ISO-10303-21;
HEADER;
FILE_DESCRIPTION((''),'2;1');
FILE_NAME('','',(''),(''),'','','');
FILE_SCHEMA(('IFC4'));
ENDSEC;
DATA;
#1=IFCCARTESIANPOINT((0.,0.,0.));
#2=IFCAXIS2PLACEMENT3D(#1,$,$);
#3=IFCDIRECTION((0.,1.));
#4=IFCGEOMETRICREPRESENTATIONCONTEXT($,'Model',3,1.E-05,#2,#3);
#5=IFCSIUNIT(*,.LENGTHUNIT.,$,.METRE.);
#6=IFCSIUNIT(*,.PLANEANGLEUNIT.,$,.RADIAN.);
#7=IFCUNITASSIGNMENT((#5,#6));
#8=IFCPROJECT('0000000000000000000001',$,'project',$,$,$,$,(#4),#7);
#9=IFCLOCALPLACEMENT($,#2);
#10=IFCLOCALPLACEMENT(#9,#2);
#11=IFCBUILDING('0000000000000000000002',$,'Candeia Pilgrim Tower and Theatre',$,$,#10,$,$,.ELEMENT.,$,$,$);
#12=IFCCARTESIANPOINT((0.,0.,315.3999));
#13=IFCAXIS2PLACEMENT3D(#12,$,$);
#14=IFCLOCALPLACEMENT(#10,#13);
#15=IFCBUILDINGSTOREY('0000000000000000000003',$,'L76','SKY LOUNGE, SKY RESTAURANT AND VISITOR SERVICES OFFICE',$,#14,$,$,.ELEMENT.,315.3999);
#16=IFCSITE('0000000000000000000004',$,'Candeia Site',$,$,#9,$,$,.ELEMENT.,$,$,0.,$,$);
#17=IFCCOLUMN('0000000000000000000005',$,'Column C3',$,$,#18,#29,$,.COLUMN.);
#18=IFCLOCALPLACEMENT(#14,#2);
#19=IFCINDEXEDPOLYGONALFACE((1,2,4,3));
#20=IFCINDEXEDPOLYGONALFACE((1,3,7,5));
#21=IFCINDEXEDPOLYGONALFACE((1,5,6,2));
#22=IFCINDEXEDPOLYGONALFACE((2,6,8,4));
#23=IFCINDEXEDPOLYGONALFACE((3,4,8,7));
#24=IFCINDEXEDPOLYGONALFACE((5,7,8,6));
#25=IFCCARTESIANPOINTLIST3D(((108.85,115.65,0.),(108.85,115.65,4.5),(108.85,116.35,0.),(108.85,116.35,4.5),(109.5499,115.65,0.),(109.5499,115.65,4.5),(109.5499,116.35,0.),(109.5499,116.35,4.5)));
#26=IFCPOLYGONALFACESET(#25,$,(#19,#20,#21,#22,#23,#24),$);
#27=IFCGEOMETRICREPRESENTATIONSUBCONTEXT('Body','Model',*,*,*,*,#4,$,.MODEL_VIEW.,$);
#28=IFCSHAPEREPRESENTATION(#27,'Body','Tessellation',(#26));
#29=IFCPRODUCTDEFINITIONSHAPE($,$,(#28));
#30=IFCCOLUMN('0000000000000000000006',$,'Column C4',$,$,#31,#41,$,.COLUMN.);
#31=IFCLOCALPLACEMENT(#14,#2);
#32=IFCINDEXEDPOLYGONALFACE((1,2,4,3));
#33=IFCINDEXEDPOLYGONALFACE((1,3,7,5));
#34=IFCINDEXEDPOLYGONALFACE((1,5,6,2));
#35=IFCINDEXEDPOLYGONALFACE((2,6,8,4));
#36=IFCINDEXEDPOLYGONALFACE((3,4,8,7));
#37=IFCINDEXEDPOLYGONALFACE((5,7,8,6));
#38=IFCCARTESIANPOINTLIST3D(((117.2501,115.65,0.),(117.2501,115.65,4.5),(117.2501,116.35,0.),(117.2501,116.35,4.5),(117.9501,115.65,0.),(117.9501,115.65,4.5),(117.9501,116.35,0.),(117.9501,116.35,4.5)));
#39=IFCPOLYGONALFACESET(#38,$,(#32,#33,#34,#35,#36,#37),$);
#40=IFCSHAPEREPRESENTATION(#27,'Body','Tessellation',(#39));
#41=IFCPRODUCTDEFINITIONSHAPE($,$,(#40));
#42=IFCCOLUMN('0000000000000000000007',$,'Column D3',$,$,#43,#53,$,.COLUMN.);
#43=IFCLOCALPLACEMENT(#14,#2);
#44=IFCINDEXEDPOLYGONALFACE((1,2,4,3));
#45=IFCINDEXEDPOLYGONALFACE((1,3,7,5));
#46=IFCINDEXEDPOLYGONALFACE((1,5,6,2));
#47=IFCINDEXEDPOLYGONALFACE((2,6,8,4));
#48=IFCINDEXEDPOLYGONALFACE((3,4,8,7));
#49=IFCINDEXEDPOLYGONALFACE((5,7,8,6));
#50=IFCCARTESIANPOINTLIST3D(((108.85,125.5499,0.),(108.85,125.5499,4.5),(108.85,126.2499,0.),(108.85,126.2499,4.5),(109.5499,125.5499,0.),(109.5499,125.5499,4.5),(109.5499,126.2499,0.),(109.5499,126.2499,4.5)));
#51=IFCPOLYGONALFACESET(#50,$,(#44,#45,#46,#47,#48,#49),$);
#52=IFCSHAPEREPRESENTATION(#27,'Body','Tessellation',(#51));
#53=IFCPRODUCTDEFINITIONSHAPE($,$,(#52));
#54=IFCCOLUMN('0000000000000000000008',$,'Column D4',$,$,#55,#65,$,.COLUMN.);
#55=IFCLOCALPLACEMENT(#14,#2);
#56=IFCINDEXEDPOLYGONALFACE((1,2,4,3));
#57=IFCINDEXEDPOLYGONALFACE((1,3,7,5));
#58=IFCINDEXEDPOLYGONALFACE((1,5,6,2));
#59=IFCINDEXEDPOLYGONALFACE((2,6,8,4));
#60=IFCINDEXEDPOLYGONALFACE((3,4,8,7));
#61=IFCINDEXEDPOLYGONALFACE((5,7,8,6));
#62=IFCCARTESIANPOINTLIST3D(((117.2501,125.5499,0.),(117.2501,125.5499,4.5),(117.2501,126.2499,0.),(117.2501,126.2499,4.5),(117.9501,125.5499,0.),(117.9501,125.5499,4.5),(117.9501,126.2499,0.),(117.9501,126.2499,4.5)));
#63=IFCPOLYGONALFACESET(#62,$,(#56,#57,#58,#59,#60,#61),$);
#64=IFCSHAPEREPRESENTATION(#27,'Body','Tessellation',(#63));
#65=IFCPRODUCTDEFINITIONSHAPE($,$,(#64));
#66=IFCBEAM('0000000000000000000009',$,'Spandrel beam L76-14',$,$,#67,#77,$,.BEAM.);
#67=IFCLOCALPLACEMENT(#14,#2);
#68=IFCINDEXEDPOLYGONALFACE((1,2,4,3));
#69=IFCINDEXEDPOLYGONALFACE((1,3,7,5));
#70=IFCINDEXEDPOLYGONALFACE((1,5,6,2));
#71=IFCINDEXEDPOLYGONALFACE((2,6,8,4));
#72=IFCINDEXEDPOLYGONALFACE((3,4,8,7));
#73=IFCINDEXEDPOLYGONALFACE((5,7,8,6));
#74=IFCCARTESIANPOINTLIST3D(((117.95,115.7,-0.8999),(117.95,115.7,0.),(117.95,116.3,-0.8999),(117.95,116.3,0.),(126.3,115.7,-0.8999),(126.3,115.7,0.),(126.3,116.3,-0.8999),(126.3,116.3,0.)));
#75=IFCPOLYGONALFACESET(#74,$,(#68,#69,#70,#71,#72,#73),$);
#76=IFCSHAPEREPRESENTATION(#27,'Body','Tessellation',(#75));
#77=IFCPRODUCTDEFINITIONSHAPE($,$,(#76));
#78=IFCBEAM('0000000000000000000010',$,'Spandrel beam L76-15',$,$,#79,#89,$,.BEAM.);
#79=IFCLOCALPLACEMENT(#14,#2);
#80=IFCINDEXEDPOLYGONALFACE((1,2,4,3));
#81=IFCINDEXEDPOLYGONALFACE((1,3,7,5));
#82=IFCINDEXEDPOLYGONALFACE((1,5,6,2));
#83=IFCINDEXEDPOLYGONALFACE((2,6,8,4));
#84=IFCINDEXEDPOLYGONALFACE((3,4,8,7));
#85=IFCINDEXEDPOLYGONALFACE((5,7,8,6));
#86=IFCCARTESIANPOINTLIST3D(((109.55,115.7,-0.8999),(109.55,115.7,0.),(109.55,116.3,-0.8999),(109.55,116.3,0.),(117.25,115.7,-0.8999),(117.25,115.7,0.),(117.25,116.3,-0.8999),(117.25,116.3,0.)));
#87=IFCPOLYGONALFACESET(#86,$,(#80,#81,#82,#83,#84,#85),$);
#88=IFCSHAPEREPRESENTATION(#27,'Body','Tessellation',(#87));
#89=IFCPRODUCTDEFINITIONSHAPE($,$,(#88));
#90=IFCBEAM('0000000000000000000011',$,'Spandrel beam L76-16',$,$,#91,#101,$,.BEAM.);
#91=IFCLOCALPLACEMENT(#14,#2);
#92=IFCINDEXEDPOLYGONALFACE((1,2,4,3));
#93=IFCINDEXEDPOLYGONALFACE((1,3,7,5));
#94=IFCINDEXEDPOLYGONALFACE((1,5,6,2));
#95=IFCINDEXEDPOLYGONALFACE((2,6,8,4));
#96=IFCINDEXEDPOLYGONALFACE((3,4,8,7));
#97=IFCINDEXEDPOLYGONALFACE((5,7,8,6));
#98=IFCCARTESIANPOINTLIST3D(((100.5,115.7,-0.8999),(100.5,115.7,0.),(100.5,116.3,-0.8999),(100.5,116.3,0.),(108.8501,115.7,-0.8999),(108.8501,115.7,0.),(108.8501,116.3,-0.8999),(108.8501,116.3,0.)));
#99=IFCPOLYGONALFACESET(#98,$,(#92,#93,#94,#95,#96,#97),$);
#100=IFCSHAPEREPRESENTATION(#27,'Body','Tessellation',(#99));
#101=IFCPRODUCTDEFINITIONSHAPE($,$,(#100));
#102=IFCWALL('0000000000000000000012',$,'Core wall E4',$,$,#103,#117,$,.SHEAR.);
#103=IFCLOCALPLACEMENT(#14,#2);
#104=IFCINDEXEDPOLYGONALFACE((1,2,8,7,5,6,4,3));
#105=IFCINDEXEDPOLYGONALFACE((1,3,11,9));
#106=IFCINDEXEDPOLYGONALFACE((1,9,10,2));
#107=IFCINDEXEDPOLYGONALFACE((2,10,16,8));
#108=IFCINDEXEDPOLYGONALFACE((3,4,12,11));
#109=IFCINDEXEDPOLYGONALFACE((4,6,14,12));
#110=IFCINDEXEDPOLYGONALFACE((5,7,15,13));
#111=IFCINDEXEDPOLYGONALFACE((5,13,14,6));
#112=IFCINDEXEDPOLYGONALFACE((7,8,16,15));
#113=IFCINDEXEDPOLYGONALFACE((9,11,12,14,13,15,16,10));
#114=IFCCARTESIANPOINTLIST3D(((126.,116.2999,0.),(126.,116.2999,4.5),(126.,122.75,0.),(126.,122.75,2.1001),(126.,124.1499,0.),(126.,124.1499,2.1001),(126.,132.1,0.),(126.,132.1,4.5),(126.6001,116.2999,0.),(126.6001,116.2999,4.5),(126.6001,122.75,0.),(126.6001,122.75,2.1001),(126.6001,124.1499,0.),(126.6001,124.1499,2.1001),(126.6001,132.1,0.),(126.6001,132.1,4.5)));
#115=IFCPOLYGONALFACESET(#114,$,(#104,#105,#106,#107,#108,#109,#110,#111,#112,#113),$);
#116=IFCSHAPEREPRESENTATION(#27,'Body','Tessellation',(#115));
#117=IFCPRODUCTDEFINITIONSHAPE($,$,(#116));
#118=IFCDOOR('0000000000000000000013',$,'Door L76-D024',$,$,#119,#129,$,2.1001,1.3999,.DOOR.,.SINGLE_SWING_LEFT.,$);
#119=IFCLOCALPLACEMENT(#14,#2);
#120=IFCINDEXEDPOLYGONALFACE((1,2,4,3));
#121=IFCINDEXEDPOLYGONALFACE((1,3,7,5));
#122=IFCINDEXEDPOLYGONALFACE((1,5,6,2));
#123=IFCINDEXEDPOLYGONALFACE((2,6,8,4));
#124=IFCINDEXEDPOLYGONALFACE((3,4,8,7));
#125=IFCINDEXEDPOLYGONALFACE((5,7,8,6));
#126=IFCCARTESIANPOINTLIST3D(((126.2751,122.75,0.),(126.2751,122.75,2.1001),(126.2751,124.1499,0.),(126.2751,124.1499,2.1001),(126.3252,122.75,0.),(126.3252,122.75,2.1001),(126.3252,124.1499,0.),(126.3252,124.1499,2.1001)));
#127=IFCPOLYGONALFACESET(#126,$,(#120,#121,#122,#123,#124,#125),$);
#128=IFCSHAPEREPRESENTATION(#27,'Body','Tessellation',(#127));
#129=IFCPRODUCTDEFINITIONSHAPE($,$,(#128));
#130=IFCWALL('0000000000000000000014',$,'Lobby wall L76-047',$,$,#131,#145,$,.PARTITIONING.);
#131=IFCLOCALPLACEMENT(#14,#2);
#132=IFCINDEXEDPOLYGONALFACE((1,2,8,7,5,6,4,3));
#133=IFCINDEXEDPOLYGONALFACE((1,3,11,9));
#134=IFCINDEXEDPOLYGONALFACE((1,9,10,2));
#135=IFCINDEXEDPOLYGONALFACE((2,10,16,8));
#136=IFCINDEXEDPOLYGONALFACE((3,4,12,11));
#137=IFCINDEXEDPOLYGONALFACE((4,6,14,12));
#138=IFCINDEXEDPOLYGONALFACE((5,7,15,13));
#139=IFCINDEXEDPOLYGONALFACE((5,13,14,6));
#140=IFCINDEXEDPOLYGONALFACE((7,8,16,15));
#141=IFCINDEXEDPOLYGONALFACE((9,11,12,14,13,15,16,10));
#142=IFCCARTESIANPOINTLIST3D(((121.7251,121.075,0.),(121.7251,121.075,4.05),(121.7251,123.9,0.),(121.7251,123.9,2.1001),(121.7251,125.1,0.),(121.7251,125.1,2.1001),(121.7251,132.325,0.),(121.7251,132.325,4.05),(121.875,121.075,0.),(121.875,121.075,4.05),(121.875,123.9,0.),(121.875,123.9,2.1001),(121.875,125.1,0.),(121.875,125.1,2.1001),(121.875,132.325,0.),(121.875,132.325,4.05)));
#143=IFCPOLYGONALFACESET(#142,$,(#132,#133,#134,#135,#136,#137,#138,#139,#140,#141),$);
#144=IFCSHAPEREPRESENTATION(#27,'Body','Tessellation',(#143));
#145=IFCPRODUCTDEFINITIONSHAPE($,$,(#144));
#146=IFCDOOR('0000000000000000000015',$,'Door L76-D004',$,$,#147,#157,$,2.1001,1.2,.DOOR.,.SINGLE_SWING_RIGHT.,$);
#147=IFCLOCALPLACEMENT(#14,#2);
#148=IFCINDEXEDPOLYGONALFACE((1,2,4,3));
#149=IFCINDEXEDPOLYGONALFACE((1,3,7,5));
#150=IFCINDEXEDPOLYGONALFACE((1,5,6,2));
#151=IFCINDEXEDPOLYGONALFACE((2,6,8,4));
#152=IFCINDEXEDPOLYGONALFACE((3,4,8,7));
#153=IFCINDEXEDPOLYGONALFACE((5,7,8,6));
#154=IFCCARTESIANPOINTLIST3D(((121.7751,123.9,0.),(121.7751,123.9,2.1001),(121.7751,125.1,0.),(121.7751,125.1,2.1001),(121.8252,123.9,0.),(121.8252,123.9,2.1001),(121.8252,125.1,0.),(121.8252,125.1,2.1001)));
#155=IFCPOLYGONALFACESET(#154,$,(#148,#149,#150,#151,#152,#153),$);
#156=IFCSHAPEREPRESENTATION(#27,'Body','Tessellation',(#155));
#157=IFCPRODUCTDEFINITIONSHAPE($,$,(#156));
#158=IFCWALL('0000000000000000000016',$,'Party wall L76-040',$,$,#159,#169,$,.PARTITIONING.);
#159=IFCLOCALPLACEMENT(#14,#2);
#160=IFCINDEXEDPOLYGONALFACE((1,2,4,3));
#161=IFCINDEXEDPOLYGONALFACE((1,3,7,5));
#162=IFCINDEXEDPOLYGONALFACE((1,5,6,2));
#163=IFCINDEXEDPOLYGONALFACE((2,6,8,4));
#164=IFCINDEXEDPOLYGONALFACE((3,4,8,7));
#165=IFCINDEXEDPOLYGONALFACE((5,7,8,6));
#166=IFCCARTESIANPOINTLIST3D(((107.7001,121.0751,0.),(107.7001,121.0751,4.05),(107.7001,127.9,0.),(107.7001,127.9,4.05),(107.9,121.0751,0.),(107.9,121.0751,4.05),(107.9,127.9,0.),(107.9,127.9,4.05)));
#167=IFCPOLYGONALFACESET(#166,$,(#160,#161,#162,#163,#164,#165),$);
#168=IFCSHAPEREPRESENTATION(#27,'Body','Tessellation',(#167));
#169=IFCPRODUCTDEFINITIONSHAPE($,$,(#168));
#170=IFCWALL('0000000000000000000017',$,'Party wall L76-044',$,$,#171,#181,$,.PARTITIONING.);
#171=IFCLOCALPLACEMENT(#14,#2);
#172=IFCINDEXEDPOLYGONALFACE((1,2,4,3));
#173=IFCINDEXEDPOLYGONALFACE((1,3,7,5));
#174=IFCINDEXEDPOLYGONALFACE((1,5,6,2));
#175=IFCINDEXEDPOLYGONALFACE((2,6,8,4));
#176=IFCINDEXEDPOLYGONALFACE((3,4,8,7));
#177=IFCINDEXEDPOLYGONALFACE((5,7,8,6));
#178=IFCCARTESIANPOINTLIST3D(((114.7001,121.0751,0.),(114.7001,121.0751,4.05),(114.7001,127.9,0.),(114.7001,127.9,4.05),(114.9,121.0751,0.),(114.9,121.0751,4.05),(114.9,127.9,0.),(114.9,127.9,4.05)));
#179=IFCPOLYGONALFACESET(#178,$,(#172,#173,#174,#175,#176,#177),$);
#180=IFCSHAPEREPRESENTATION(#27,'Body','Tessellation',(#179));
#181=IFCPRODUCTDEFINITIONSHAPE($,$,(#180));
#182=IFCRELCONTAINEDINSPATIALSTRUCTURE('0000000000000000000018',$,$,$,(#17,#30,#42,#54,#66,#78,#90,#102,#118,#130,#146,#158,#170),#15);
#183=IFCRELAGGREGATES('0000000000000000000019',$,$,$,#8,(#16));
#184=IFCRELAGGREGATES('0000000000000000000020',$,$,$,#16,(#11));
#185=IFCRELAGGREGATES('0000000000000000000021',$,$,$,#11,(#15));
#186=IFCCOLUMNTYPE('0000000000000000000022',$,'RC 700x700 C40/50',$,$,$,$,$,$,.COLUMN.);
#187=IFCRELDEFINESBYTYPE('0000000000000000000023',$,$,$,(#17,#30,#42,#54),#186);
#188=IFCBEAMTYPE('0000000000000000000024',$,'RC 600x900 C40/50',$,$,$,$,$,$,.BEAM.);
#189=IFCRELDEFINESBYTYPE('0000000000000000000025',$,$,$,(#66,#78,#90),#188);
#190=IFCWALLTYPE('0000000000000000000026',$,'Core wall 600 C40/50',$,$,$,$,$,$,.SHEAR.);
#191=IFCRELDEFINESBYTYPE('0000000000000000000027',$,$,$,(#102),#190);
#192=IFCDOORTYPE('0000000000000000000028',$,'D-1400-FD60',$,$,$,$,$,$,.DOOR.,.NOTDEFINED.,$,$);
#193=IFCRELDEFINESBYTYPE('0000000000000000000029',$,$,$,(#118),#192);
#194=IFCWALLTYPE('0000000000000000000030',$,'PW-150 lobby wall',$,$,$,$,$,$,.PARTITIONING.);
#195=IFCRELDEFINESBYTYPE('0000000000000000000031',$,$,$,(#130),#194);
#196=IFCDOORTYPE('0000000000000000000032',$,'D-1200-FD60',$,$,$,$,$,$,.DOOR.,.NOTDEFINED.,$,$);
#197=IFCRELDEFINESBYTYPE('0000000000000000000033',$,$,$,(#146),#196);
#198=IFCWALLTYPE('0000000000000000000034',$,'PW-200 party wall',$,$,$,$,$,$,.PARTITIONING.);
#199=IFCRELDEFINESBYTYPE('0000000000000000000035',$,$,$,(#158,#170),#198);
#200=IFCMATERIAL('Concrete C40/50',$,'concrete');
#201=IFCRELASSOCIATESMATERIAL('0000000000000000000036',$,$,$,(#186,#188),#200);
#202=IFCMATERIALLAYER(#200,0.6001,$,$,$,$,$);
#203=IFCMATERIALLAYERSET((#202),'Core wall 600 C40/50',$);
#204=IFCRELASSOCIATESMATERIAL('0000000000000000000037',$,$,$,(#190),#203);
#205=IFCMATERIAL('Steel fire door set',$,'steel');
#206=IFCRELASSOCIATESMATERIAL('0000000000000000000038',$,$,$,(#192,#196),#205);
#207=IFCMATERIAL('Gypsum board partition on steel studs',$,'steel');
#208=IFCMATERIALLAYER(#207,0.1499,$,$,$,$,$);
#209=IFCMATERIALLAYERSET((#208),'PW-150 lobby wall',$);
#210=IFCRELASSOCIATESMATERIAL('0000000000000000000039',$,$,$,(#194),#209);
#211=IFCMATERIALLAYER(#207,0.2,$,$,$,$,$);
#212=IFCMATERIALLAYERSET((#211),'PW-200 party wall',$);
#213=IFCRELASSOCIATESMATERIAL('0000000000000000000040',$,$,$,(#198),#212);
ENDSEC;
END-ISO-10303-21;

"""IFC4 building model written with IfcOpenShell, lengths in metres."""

from ifc_helpers import new_model, si_unit, direction, frame, frame_2d, origin, origin_2d, place, context, subcontext, project, spatial, rectangle, extrude, material, layer, layer_set, material_profile, profile_set, type_object, element, fill, save


model = new_model("IFC4")

# Units and contexts
model_context = context("Model", 3, precision=1e-05, world=origin(), true_north=direction((0.0, 1.0)))
body_context = subcontext(model_context, "Body", "Model", "MODEL_VIEW")
ifc_project = project(units=[si_unit("LENGTHUNIT", "METRE"), si_unit("PLANEANGLEUNIT", "RADIAN")], contexts=[model_context])

# Site, building, storey
site_placement = place(None, origin())
site = spatial("IfcSite", under=ifc_project, at=site_placement, Name="Candeia Site", CompositionType="ELEMENT", RefElevation=0.0)
building_placement = place(site_placement, origin())
building = spatial("IfcBuilding", under=site, at=building_placement, Name="Candeia Pilgrim Tower and Theatre", CompositionType="ELEMENT")
storey_placement = place(building_placement, frame((0.0, 0.0, 315.3999)))
storey = spatial("IfcBuildingStorey", under=building, at=storey_placement, Name="L76", Description="SKY LOUNGE, SKY RESTAURANT AND VISITOR SERVICES OFFICE", CompositionType="ELEMENT", Elevation=315.3999)

# Columns
ifc_material_1 = material(Name="Concrete C40/50", Category="concrete")
ifc_material_profile_1 = material_profile(ifc_material_1, rectangle(XDim=0.7, YDim=0.7, at=origin_2d()))
ifc_profile_set_1 = profile_set([ifc_material_profile_1], Name="Concrete C40/50")
column_type = type_object("IfcColumnType", Name="RC 700x700 C40/50", PredefinedType="COLUMN", material=ifc_profile_set_1)
for number, where, z_axis, x_axis, name in (
    (1, (109.2, 116.0, 0.0), (0.0, 0.0, 1.0), (1.0, 0.0, 0.0), "Column C3"),
    (2, (117.6001, 116.0, 0.0), (0.0, 0.0, 1.0), (1.0, 0.0, 0.0), "Column C4"),
    (3, (109.2, 125.8999, 0.0), (0.0, 0.0, 1.0), (1.0, 0.0, 0.0), "Column D3"),
    (4, (117.6001, 125.8999, 0.0), (0.0, 0.0, 1.0), (1.0, 0.0, 0.0), "Column D4"),
):
    element("IfcColumn", number, at=place(storey_placement, frame(where, z_axis=z_axis, x_axis=x_axis)), inside=storey, type_object=column_type, Name=name, PredefinedType="COLUMN", context=body_context, shape_type="SweptSolid", body=[
        extrude(rectangle(XDim=0.7, YDim=0.7, at=origin_2d()), origin(), (0.0, 0.0, 1.0), 4.5),
    ])

# Beams
ifc_material_profile_2 = material_profile(ifc_material_1, rectangle(XDim=0.6001, YDim=0.8999, at=origin_2d()))
ifc_profile_set_2 = profile_set([ifc_material_profile_2], Name="Concrete C40/50")
beam_type = type_object("IfcBeamType", Name="RC 600x900 C40/50", PredefinedType="BEAM", material=ifc_profile_set_2)
beam_1_placement = place(storey_placement, frame((126.3, 116.0, -0.45), z_axis=(-1.0, 0.0, 0.0), x_axis=(0.0, -1.0, 0.0)))
element("IfcBeam", 5, at=beam_1_placement, inside=storey, type_object=beam_type, Name="Spandrel beam L76-14", PredefinedType="BEAM", context=body_context, shape_type="SweptSolid", body=[
    extrude(rectangle(XDim=0.6001, YDim=0.8999, at=origin_2d()), origin(), (0.0, 0.0, 1.0), 8.3501),
])
beam_2_placement = place(storey_placement, frame((117.25, 116.0, -0.45), z_axis=(-1.0, 0.0, 0.0), x_axis=(0.0, -1.0, 0.0)))
element("IfcBeam", 6, at=beam_2_placement, inside=storey, type_object=beam_type, Name="Spandrel beam L76-15", PredefinedType="BEAM", context=body_context, shape_type="SweptSolid", body=[
    extrude(rectangle(XDim=0.6001, YDim=0.8999, at=origin_2d()), origin(), (0.0, 0.0, 1.0), 7.7),
])
beam_3_placement = place(storey_placement, frame((108.8501, 116.0, -0.45), z_axis=(-1.0, 0.0, 0.0), x_axis=(0.0, -1.0, 0.0)))
element("IfcBeam", 7, at=beam_3_placement, inside=storey, type_object=beam_type, Name="Spandrel beam L76-16", PredefinedType="BEAM", context=body_context, shape_type="SweptSolid", body=[
    extrude(rectangle(XDim=0.6001, YDim=0.8999, at=origin_2d()), origin(), (0.0, 0.0, 1.0), 8.3501),
])

# Walls, openings, doors
ifc_layer_1 = layer(ifc_material_1, 0.6001)
ifc_layer_set_1 = layer_set([ifc_layer_1], Name="Core wall 600 C40/50")
wall_type_1 = type_object("IfcWallType", Name="Core wall 600 C40/50", PredefinedType="SHEAR", material=ifc_layer_set_1)
wall_1_placement = place(storey_placement, frame((126.3, 116.3, 0.0), z_axis=(0.0, 0.0, 1.0), x_axis=(0.0, 1.0, 0.0)))
wall_1 = element("IfcWall", 8, at=wall_1_placement, inside=storey, type_object=wall_type_1, Name="Core wall E4", PredefinedType="SHEAR", context=body_context, shape_type="SweptSolid", body=[
    extrude(rectangle(XDim=15.8, YDim=0.6001, at=frame_2d((7.8999, 0.0))), origin(), (0.0, 0.0, 1.0), 4.5),
])
opening_1_placement = place(wall_1_placement, frame((6.45, 0.0, 0.0)))
opening_1 = element("IfcOpeningElement", 9, at=opening_1_placement, cuts=wall_1, PredefinedType="OPENING", context=body_context, shape_type="SweptSolid", body=[
    extrude(rectangle(XDim=1.3999, YDim=2.1001, at=frame_2d((0.7, 1.05))), frame((0.0, 0.3101, 0.0), z_axis=(0.0, -1.0, 0.0), x_axis=(1.0, 0.0, 0.0)), (0.0, 0.0, 1.0), 0.6201),
])
ifc_material_2 = material(Name="Steel fire door set", Category="steel")
door_type_1 = type_object("IfcDoorType", Name="D-1400-FD60", OperationType="NOTDEFINED", PredefinedType="DOOR", material=ifc_material_2)
door_1_placement = place(opening_1_placement, origin())
door_1 = element("IfcDoor", 10, at=door_1_placement, inside=storey, type_object=door_type_1, Name="Door L76-D024", OperationType="SINGLE_SWING_LEFT", OverallHeight=2.1001, OverallWidth=1.3999, PredefinedType="DOOR", context=body_context, shape_type="SweptSolid", body=[
    extrude(rectangle(XDim=1.3999, YDim=2.1001, at=frame_2d((0.7, 1.05))), frame((0.0, 0.0249, 0.0), z_axis=(0.0, -1.0, 0.0), x_axis=(1.0, 0.0, 0.0)), (0.0, 0.0, 1.0), 0.05),
])
fill(opening_1, door_1)
ifc_material_3 = material(Name="Gypsum board partition on steel studs", Category="steel")
ifc_layer_2 = layer(ifc_material_3, 0.1499)
ifc_layer_set_2 = layer_set([ifc_layer_2], Name="PW-150 lobby wall")
wall_type_2 = type_object("IfcWallType", Name="PW-150 lobby wall", PredefinedType="PARTITIONING", material=ifc_layer_set_2)
wall_2_placement = place(storey_placement, frame((121.8, 121.075, 0.0), z_axis=(0.0, 0.0, 1.0), x_axis=(0.0, 1.0, 0.0)))
wall_2 = element("IfcWall", 11, at=wall_2_placement, inside=storey, type_object=wall_type_2, Name="Lobby wall L76-047", PredefinedType="PARTITIONING", context=body_context, shape_type="SweptSolid", body=[
    extrude(rectangle(XDim=11.25, YDim=0.1499, at=frame_2d((5.625, 0.0))), origin(), (0.0, 0.0, 1.0), 4.05),
])
opening_2_placement = place(wall_2_placement, frame((2.825, 0.0, 0.0)))
opening_2 = element("IfcOpeningElement", 12, at=opening_2_placement, cuts=wall_2, PredefinedType="OPENING", context=body_context, shape_type="SweptSolid", body=[
    extrude(rectangle(XDim=1.2, YDim=2.1001, at=frame_2d((0.6001, 1.05))), frame((0.0, 0.085, 0.0), z_axis=(0.0, -1.0, 0.0), x_axis=(1.0, 0.0, 0.0)), (0.0, 0.0, 1.0), 0.1699),
])
door_type_2 = type_object("IfcDoorType", Name="D-1200-FD60", OperationType="NOTDEFINED", PredefinedType="DOOR", material=ifc_material_2)
door_2_placement = place(opening_2_placement, origin())
door_2 = element("IfcDoor", 13, at=door_2_placement, inside=storey, type_object=door_type_2, Name="Door L76-D004", OperationType="SINGLE_SWING_RIGHT", OverallHeight=2.1001, OverallWidth=1.2, PredefinedType="DOOR", context=body_context, shape_type="SweptSolid", body=[
    extrude(rectangle(XDim=1.2, YDim=2.1001, at=frame_2d((0.6001, 1.05))), frame((0.0, 0.0249, 0.0), z_axis=(0.0, -1.0, 0.0), x_axis=(1.0, 0.0, 0.0)), (0.0, 0.0, 1.0), 0.05),
])
fill(opening_2, door_2)

# Walls
ifc_layer_3 = layer(ifc_material_3, 0.2)
ifc_layer_set_3 = layer_set([ifc_layer_3], Name="PW-200 party wall")
wall_type_3 = type_object("IfcWallType", Name="PW-200 party wall", PredefinedType="PARTITIONING", material=ifc_layer_set_3)
for number, where, z_axis, x_axis, name in (
    (14, (107.8, 121.075, 0.0), (0.0, 0.0, 1.0), (0.0, 1.0, 0.0), "Party wall L76-040"),
    (15, (114.8, 121.075, 0.0), (0.0, 0.0, 1.0), (0.0, 1.0, 0.0), "Party wall L76-044"),
):
    element("IfcWall", number, at=place(storey_placement, frame(where, z_axis=z_axis, x_axis=x_axis)), inside=storey, type_object=wall_type_3, Name=name, PredefinedType="PARTITIONING", context=body_context, shape_type="SweptSolid", body=[
        extrude(rectangle(XDim=6.825, YDim=0.2, at=frame_2d((3.4126, 0.0))), origin(), (0.0, 0.0, 1.0), 4.05),
    ])

save(model, "model.ifc")
